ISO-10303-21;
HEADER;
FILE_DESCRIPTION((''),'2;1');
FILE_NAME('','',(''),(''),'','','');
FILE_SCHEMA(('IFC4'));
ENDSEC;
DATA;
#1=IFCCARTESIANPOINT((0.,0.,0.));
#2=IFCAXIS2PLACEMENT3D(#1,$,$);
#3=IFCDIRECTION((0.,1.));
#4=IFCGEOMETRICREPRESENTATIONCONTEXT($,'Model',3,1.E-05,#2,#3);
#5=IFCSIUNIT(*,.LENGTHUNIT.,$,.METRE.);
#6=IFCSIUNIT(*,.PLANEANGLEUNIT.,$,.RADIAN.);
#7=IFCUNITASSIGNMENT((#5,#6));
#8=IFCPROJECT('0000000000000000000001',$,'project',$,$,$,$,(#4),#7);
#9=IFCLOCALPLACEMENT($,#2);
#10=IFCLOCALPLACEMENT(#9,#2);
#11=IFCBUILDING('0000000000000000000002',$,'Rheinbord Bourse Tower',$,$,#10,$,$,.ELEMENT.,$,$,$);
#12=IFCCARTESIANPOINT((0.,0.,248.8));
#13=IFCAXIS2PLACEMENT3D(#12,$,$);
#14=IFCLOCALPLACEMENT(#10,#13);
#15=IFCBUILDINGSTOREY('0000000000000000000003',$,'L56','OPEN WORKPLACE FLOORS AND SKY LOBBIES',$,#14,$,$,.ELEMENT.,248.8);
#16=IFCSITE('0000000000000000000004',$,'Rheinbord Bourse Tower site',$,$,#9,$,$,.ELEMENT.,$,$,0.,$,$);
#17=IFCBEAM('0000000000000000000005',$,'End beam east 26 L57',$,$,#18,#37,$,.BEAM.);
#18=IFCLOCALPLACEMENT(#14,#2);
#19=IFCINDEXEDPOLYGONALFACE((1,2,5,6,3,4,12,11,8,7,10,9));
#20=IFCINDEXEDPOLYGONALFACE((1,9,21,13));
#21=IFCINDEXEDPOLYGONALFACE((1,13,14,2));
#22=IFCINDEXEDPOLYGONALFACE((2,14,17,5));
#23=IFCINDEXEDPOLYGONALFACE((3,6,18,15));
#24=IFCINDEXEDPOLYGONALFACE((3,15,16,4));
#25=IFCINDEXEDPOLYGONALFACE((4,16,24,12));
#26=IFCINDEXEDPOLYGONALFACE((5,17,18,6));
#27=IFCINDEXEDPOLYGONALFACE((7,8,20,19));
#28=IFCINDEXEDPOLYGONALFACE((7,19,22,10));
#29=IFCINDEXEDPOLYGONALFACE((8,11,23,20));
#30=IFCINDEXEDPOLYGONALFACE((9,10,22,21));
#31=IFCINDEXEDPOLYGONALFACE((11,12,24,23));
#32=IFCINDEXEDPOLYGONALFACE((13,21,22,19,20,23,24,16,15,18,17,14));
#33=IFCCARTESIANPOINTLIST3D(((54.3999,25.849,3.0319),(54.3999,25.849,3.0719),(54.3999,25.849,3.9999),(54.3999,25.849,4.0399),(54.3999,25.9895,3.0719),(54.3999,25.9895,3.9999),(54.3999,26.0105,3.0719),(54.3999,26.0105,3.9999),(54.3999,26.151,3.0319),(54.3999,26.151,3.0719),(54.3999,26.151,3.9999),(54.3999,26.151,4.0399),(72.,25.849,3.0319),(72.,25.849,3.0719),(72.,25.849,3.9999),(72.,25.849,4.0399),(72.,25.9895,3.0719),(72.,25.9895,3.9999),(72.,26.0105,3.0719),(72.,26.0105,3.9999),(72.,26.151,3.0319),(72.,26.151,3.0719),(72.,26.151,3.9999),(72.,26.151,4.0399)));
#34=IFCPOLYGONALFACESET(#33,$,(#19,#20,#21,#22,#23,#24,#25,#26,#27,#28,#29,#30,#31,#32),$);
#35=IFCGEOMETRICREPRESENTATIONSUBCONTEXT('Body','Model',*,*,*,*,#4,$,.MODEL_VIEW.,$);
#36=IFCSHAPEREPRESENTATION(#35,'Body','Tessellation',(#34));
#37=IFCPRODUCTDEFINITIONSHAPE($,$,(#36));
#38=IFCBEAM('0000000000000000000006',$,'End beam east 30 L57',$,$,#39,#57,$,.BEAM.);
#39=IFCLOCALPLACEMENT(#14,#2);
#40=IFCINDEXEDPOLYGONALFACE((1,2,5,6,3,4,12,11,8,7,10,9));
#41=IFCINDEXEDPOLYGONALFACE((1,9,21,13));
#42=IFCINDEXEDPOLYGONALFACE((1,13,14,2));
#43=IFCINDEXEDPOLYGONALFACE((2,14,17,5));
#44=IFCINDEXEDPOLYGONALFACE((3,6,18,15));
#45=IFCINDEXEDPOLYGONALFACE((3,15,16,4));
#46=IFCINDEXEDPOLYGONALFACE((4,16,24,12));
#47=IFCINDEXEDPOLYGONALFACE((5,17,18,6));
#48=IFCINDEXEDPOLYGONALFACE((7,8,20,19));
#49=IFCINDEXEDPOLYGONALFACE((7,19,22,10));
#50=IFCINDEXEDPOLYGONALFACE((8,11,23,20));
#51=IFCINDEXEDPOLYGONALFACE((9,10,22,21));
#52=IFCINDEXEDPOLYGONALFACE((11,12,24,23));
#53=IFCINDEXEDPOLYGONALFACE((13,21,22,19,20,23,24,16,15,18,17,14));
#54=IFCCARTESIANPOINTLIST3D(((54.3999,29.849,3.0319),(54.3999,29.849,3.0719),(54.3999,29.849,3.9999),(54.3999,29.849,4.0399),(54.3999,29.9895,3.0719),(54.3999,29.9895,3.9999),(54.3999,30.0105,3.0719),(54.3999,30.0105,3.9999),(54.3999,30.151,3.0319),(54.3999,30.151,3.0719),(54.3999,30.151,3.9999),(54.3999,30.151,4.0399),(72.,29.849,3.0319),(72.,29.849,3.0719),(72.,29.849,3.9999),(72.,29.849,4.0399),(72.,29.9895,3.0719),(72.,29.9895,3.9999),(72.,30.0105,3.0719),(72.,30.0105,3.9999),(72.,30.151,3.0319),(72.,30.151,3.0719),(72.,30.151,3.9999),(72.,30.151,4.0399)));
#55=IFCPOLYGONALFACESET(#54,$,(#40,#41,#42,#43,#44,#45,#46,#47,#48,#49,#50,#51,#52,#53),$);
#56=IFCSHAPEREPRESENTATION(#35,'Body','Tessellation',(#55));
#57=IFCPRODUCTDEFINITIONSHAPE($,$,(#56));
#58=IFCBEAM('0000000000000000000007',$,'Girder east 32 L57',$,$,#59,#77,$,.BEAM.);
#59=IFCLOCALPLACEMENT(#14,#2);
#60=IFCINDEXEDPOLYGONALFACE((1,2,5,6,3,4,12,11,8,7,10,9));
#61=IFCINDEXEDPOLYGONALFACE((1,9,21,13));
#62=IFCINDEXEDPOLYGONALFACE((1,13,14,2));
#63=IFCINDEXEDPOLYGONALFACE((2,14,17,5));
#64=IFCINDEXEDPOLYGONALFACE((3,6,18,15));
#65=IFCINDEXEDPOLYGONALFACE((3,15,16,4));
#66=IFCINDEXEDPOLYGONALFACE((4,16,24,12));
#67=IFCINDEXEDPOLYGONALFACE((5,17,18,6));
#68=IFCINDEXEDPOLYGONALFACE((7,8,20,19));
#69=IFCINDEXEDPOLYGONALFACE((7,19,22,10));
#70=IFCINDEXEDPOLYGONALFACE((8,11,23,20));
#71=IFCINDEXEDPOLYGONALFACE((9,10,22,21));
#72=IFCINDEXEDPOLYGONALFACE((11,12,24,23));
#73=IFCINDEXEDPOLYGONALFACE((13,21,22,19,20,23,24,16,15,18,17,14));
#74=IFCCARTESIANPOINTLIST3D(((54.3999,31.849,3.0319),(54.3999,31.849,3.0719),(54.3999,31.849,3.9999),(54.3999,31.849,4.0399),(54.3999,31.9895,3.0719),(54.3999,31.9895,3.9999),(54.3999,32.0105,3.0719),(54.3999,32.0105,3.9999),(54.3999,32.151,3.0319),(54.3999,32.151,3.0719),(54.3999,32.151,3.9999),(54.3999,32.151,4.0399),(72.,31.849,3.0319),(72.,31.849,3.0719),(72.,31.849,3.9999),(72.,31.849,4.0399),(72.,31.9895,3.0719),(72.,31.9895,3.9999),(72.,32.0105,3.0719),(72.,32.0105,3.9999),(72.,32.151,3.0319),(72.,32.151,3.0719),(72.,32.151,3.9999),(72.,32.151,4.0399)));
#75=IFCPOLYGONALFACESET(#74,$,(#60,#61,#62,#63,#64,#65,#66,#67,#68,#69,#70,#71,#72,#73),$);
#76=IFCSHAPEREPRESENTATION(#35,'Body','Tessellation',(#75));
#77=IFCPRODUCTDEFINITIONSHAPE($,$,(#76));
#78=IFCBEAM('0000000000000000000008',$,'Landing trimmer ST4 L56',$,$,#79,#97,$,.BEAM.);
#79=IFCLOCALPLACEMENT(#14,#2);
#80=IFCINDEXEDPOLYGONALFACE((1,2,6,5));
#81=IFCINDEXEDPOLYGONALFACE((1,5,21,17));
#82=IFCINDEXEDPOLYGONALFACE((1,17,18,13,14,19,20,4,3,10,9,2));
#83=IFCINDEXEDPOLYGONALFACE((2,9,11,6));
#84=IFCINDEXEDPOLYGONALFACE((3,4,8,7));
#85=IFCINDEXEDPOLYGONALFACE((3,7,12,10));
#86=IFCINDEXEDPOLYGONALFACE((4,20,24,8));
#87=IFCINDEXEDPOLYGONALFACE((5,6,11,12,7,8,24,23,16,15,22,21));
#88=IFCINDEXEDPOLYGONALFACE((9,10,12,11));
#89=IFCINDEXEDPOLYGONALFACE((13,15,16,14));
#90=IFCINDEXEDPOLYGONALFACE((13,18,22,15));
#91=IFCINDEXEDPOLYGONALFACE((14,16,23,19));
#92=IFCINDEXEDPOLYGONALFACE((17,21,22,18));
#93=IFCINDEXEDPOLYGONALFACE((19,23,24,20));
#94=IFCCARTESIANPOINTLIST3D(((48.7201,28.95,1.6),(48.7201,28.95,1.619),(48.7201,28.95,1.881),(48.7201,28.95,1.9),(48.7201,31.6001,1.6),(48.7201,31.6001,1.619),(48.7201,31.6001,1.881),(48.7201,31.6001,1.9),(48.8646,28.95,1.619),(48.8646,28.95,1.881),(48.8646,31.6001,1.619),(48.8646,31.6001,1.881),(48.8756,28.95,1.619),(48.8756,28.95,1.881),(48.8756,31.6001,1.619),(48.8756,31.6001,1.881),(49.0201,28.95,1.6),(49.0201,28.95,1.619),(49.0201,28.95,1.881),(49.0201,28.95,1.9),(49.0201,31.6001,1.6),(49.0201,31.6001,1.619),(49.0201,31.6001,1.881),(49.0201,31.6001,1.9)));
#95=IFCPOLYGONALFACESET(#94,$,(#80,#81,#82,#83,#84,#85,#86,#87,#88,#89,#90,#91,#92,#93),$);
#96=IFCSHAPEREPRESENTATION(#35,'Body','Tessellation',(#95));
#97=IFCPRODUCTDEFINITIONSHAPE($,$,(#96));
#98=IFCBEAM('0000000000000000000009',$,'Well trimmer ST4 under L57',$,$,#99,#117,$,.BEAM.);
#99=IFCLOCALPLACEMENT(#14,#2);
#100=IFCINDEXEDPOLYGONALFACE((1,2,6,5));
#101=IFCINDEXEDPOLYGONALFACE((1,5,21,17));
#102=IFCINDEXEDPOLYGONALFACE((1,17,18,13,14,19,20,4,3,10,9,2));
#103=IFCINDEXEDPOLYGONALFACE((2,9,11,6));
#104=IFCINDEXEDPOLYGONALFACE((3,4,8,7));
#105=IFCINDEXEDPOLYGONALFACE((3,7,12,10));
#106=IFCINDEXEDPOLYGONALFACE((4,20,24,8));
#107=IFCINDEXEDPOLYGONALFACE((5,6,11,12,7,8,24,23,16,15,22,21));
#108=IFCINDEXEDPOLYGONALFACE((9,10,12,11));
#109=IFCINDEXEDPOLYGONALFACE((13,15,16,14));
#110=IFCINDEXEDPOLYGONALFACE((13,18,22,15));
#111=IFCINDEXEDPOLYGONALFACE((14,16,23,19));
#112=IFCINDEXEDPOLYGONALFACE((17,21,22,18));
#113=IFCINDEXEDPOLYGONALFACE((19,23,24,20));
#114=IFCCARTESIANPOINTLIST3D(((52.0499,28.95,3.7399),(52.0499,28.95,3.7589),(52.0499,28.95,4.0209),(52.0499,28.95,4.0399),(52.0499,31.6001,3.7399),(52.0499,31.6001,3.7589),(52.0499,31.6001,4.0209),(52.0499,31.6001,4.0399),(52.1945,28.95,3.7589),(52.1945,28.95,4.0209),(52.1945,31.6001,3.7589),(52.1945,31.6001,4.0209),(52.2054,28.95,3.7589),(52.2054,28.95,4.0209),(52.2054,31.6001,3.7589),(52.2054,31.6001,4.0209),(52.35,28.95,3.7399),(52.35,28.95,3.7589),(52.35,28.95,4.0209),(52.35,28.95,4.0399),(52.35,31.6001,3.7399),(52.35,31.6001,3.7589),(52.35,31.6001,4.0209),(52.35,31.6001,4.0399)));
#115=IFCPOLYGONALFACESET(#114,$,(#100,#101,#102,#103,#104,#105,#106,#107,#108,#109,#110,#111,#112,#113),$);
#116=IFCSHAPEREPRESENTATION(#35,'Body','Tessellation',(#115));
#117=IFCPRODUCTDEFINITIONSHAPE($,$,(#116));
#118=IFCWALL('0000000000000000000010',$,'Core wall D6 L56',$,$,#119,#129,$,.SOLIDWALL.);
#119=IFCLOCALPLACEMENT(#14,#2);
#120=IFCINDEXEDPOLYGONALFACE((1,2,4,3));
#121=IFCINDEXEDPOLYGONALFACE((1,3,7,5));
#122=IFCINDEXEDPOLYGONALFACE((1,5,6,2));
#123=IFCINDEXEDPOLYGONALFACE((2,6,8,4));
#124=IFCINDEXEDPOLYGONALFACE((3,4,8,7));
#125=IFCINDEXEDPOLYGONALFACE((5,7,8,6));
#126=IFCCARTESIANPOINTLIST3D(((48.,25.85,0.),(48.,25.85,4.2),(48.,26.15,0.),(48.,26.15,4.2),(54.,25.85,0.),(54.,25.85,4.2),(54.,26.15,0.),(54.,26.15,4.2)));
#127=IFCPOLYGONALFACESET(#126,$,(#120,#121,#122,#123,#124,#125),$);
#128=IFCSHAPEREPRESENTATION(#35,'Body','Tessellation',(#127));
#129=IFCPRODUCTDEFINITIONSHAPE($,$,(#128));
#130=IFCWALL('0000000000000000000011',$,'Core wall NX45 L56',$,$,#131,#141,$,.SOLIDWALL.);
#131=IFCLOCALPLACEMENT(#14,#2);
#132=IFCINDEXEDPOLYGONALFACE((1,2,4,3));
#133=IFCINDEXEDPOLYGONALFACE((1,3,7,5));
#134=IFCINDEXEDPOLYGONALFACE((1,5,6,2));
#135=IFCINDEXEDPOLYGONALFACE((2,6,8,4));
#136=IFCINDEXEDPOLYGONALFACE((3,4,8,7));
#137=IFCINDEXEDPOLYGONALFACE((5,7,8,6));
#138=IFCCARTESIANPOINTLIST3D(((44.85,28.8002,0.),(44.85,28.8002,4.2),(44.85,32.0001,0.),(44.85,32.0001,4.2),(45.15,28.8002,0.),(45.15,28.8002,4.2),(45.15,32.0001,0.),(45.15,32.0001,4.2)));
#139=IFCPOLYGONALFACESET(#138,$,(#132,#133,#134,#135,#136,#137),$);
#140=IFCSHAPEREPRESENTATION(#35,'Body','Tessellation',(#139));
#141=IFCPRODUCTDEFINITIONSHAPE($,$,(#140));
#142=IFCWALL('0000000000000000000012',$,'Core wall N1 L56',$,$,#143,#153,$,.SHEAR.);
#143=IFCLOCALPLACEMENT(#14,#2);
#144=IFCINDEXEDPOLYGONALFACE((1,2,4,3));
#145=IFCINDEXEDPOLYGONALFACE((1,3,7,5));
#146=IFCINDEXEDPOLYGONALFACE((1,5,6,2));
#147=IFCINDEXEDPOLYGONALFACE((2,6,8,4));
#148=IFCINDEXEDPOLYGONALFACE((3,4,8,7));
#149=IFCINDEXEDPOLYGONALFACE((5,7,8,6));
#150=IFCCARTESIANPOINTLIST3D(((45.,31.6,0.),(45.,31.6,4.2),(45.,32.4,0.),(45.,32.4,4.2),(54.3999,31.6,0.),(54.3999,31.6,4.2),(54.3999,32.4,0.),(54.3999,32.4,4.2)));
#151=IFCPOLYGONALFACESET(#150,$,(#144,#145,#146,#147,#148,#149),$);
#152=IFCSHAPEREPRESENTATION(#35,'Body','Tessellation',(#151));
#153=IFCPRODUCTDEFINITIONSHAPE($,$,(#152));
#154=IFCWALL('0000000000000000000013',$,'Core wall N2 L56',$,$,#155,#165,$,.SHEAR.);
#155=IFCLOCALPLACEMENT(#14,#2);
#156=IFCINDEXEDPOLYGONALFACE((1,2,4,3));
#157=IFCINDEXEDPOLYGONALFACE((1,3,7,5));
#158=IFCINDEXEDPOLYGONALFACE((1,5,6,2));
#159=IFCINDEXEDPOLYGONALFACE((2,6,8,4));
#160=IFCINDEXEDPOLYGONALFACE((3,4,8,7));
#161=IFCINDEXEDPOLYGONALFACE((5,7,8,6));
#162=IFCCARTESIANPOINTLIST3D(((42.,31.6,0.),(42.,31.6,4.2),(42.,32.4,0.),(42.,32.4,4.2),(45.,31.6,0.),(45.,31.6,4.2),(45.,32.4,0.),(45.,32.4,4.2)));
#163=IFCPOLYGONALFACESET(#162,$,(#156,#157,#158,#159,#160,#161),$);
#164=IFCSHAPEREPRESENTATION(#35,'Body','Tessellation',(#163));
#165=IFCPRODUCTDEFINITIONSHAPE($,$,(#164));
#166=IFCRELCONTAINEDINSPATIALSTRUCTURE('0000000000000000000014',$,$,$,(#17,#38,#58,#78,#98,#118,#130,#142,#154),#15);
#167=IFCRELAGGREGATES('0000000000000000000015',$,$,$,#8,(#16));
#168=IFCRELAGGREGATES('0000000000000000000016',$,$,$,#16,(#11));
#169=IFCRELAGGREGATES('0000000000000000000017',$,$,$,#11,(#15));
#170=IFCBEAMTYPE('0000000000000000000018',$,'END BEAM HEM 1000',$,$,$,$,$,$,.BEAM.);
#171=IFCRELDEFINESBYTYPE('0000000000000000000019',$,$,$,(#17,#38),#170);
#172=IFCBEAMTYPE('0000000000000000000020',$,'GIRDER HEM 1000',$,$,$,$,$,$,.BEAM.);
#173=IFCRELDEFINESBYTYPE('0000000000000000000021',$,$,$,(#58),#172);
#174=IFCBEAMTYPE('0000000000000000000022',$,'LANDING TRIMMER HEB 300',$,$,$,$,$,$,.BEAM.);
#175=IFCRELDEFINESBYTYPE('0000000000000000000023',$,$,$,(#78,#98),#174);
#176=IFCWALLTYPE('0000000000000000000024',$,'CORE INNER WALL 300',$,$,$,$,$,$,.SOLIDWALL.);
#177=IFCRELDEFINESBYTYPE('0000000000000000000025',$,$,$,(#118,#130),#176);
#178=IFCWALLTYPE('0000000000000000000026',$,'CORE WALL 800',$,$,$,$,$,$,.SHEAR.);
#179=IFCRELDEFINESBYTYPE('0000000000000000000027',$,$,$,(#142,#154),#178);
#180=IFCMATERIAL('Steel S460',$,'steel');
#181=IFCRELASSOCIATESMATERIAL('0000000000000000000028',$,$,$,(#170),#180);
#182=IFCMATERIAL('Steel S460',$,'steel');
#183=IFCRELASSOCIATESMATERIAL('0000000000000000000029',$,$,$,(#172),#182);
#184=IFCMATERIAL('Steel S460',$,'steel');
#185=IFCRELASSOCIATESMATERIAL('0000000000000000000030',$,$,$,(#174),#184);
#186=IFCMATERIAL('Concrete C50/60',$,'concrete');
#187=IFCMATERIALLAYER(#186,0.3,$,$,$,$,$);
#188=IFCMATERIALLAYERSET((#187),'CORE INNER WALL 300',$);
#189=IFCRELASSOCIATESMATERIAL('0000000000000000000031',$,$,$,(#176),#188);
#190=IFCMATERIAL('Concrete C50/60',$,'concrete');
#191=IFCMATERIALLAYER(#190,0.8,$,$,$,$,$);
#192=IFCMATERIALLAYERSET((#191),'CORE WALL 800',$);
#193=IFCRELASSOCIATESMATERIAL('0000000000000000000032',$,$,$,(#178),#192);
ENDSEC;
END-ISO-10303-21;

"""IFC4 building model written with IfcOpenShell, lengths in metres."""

from ifc_helpers import new_model, si_unit, direction, frame, frame_2d, origin, origin_2d, place, context, subcontext, project, spatial, rectangle, i_section, extrude, material, layer, layer_set, material_profile, profile_set, type_object, element, save


model = new_model("IFC4")

# Units and contexts
model_context = context("Model", 3, precision=1e-05, world=origin(), true_north=direction((0.0, 1.0)))
body_context = subcontext(model_context, "Body", "Model", "MODEL_VIEW")
ifc_project = project(units=[si_unit("LENGTHUNIT", "METRE"), si_unit("PLANEANGLEUNIT", "RADIAN")], contexts=[model_context])

# Site, building, storey
site_placement = place(None, origin())
site = spatial("IfcSite", under=ifc_project, at=site_placement, Name="Rheinbord Bourse Tower site", CompositionType="ELEMENT", RefElevation=0.0)
building_placement = place(site_placement, origin())
building = spatial("IfcBuilding", under=site, at=building_placement, Name="Rheinbord Bourse Tower", CompositionType="ELEMENT")
storey_placement = place(building_placement, frame((0.0, 0.0, 248.8)))
storey = spatial("IfcBuildingStorey", under=building, at=storey_placement, Name="L56", Description="OPEN WORKPLACE FLOORS AND SKY LOBBIES", CompositionType="ELEMENT", Elevation=248.8)

# Beams
ifc_material_1 = material(Name="Steel S460", Category="steel")
ifc_material_profile_1 = material_profile(ifc_material_1, i_section(OverallWidth=0.302, OverallDepth=1.0081, WebThickness=0.021, FlangeThickness=0.04, at=origin_2d()), Name="HEM 1000")
ifc_profile_set_1 = profile_set([ifc_material_profile_1], Name="Steel S460")
beam_type_1 = type_object("IfcBeamType", Name="END BEAM HEM 1000", PredefinedType="BEAM", material=ifc_profile_set_1)
for number, where, z_axis, x_axis, name in (
    (1, (54.3999, 26.0, 3.5359), (1.0, 0.0, 0.0), (0.0, 1.0, 0.0), "End beam east 26 L57"),
    (2, (54.3999, 30.0, 3.5359), (1.0, 0.0, 0.0), (0.0, 1.0, 0.0), "End beam east 30 L57"),
):
    element("IfcBeam", number, at=place(storey_placement, frame(where, z_axis=z_axis, x_axis=x_axis)), inside=storey, type_object=beam_type_1, Name=name, PredefinedType="BEAM", context=body_context, shape_type="SweptSolid", body=[
        extrude(i_section(OverallWidth=0.302, OverallDepth=1.0081, WebThickness=0.021, FlangeThickness=0.04, at=origin_2d()), origin(), (0.0, 0.0, 1.0), 17.6001),
    ])
ifc_material_2 = material(Name="Steel S460", Category="steel")
ifc_material_profile_2 = material_profile(ifc_material_2, i_section(OverallWidth=0.302, OverallDepth=1.0081, WebThickness=0.021, FlangeThickness=0.04, at=origin_2d()), Name="HEM 1000")
ifc_profile_set_2 = profile_set([ifc_material_profile_2], Name="Steel S460")
beam_type_2 = type_object("IfcBeamType", Name="GIRDER HEM 1000", PredefinedType="BEAM", material=ifc_profile_set_2)
beam_placement = place(storey_placement, frame((54.3999, 32.0, 3.5359), z_axis=(1.0, 0.0, 0.0), x_axis=(0.0, 1.0, 0.0)))
element("IfcBeam", 3, at=beam_placement, inside=storey, type_object=beam_type_2, Name="Girder east 32 L57", PredefinedType="BEAM", context=body_context, shape_type="SweptSolid", body=[
    extrude(i_section(OverallWidth=0.302, OverallDepth=1.0081, WebThickness=0.021, FlangeThickness=0.04, at=origin_2d()), origin(), (0.0, 0.0, 1.0), 17.6001),
])
ifc_material_3 = material(Name="Steel S460", Category="steel")
ifc_material_profile_3 = material_profile(ifc_material_3, i_section(OverallWidth=0.3, OverallDepth=0.3, WebThickness=0.011, FlangeThickness=0.019, at=origin_2d()), Name="HEB 300")
ifc_profile_set_3 = profile_set([ifc_material_profile_3], Name="Steel S460")
beam_type_3 = type_object("IfcBeamType", Name="LANDING TRIMMER HEB 300", PredefinedType="BEAM", material=ifc_profile_set_3)
for number, where, z_axis, x_axis, name in (
    (4, (48.8701, 28.95, 1.75), (0.0, 1.0, 0.0), (-1.0, 0.0, 0.0), "Landing trimmer ST4 L56"),
    (5, (52.2, 28.95, 3.8899), (0.0, 1.0, 0.0), (-1.0, 0.0, 0.0), "Well trimmer ST4 under L57"),
):
    element("IfcBeam", number, at=place(storey_placement, frame(where, z_axis=z_axis, x_axis=x_axis)), inside=storey, type_object=beam_type_3, Name=name, PredefinedType="BEAM", context=body_context, shape_type="SweptSolid", body=[
        extrude(i_section(OverallWidth=0.3, OverallDepth=0.3, WebThickness=0.011, FlangeThickness=0.019, at=origin_2d()), origin(), (0.0, 0.0, 1.0), 2.6501),
    ])

# Walls
ifc_material_4 = material(Name="Concrete C50/60", Category="concrete")
ifc_layer_1 = layer(ifc_material_4, 0.3)
ifc_layer_set_1 = layer_set([ifc_layer_1], Name="CORE INNER WALL 300")
wall_type_1 = type_object("IfcWallType", Name="CORE INNER WALL 300", PredefinedType="SOLIDWALL", material=ifc_layer_set_1)
wall_1_placement = place(storey_placement, frame((48.0, 26.0, 0.0), z_axis=(0.0, 0.0, 1.0), x_axis=(1.0, 0.0, 0.0)))
element("IfcWall", 6, at=wall_1_placement, inside=storey, type_object=wall_type_1, Name="Core wall D6 L56", PredefinedType="SOLIDWALL", context=body_context, shape_type="SweptSolid", body=[
    extrude(rectangle(XDim=6.0, YDim=0.3, at=frame_2d((3.0, 0.0))), origin(), (0.0, 0.0, 1.0), 4.2),
])
wall_2_placement = place(storey_placement, frame((45.0, 28.8, 0.0), z_axis=(0.0, 0.0, 1.0), x_axis=(0.0, 1.0, 0.0)))
element("IfcWall", 7, at=wall_2_placement, inside=storey, type_object=wall_type_1, Name="Core wall NX45 L56", PredefinedType="SOLIDWALL", context=body_context, shape_type="SweptSolid", body=[
    extrude(rectangle(XDim=3.2, YDim=0.3, at=frame_2d((1.6001, 0.0))), origin(), (0.0, 0.0, 1.0), 4.2),
])
ifc_material_5 = material(Name="Concrete C50/60", Category="concrete")
ifc_layer_2 = layer(ifc_material_5, 0.8)
ifc_layer_set_2 = layer_set([ifc_layer_2], Name="CORE WALL 800")
wall_type_2 = type_object("IfcWallType", Name="CORE WALL 800", PredefinedType="SHEAR", material=ifc_layer_set_2)
wall_3_placement = place(storey_placement, frame((54.3999, 32.0, 0.0), z_axis=(0.0, 0.0, 1.0), x_axis=(-1.0, 0.0, 0.0)))
element("IfcWall", 8, at=wall_3_placement, inside=storey, type_object=wall_type_2, Name="Core wall N1 L56", PredefinedType="SHEAR", context=body_context, shape_type="SweptSolid", body=[
    extrude(rectangle(XDim=9.3999, YDim=0.8, at=frame_2d((4.7, 0.0))), origin(), (0.0, 0.0, 1.0), 4.2),
])
wall_4_placement = place(storey_placement, frame((45.0, 32.0, 0.0), z_axis=(0.0, 0.0, 1.0), x_axis=(-1.0, 0.0, 0.0)))
element("IfcWall", 9, at=wall_4_placement, inside=storey, type_object=wall_type_2, Name="Core wall N2 L56", PredefinedType="SHEAR", context=body_context, shape_type="SweptSolid", body=[
    extrude(rectangle(XDim=3.0, YDim=0.8, at=frame_2d((1.5, 0.0))), origin(), (0.0, 0.0, 1.0), 4.2),
])

save(model, "model.ifc")
